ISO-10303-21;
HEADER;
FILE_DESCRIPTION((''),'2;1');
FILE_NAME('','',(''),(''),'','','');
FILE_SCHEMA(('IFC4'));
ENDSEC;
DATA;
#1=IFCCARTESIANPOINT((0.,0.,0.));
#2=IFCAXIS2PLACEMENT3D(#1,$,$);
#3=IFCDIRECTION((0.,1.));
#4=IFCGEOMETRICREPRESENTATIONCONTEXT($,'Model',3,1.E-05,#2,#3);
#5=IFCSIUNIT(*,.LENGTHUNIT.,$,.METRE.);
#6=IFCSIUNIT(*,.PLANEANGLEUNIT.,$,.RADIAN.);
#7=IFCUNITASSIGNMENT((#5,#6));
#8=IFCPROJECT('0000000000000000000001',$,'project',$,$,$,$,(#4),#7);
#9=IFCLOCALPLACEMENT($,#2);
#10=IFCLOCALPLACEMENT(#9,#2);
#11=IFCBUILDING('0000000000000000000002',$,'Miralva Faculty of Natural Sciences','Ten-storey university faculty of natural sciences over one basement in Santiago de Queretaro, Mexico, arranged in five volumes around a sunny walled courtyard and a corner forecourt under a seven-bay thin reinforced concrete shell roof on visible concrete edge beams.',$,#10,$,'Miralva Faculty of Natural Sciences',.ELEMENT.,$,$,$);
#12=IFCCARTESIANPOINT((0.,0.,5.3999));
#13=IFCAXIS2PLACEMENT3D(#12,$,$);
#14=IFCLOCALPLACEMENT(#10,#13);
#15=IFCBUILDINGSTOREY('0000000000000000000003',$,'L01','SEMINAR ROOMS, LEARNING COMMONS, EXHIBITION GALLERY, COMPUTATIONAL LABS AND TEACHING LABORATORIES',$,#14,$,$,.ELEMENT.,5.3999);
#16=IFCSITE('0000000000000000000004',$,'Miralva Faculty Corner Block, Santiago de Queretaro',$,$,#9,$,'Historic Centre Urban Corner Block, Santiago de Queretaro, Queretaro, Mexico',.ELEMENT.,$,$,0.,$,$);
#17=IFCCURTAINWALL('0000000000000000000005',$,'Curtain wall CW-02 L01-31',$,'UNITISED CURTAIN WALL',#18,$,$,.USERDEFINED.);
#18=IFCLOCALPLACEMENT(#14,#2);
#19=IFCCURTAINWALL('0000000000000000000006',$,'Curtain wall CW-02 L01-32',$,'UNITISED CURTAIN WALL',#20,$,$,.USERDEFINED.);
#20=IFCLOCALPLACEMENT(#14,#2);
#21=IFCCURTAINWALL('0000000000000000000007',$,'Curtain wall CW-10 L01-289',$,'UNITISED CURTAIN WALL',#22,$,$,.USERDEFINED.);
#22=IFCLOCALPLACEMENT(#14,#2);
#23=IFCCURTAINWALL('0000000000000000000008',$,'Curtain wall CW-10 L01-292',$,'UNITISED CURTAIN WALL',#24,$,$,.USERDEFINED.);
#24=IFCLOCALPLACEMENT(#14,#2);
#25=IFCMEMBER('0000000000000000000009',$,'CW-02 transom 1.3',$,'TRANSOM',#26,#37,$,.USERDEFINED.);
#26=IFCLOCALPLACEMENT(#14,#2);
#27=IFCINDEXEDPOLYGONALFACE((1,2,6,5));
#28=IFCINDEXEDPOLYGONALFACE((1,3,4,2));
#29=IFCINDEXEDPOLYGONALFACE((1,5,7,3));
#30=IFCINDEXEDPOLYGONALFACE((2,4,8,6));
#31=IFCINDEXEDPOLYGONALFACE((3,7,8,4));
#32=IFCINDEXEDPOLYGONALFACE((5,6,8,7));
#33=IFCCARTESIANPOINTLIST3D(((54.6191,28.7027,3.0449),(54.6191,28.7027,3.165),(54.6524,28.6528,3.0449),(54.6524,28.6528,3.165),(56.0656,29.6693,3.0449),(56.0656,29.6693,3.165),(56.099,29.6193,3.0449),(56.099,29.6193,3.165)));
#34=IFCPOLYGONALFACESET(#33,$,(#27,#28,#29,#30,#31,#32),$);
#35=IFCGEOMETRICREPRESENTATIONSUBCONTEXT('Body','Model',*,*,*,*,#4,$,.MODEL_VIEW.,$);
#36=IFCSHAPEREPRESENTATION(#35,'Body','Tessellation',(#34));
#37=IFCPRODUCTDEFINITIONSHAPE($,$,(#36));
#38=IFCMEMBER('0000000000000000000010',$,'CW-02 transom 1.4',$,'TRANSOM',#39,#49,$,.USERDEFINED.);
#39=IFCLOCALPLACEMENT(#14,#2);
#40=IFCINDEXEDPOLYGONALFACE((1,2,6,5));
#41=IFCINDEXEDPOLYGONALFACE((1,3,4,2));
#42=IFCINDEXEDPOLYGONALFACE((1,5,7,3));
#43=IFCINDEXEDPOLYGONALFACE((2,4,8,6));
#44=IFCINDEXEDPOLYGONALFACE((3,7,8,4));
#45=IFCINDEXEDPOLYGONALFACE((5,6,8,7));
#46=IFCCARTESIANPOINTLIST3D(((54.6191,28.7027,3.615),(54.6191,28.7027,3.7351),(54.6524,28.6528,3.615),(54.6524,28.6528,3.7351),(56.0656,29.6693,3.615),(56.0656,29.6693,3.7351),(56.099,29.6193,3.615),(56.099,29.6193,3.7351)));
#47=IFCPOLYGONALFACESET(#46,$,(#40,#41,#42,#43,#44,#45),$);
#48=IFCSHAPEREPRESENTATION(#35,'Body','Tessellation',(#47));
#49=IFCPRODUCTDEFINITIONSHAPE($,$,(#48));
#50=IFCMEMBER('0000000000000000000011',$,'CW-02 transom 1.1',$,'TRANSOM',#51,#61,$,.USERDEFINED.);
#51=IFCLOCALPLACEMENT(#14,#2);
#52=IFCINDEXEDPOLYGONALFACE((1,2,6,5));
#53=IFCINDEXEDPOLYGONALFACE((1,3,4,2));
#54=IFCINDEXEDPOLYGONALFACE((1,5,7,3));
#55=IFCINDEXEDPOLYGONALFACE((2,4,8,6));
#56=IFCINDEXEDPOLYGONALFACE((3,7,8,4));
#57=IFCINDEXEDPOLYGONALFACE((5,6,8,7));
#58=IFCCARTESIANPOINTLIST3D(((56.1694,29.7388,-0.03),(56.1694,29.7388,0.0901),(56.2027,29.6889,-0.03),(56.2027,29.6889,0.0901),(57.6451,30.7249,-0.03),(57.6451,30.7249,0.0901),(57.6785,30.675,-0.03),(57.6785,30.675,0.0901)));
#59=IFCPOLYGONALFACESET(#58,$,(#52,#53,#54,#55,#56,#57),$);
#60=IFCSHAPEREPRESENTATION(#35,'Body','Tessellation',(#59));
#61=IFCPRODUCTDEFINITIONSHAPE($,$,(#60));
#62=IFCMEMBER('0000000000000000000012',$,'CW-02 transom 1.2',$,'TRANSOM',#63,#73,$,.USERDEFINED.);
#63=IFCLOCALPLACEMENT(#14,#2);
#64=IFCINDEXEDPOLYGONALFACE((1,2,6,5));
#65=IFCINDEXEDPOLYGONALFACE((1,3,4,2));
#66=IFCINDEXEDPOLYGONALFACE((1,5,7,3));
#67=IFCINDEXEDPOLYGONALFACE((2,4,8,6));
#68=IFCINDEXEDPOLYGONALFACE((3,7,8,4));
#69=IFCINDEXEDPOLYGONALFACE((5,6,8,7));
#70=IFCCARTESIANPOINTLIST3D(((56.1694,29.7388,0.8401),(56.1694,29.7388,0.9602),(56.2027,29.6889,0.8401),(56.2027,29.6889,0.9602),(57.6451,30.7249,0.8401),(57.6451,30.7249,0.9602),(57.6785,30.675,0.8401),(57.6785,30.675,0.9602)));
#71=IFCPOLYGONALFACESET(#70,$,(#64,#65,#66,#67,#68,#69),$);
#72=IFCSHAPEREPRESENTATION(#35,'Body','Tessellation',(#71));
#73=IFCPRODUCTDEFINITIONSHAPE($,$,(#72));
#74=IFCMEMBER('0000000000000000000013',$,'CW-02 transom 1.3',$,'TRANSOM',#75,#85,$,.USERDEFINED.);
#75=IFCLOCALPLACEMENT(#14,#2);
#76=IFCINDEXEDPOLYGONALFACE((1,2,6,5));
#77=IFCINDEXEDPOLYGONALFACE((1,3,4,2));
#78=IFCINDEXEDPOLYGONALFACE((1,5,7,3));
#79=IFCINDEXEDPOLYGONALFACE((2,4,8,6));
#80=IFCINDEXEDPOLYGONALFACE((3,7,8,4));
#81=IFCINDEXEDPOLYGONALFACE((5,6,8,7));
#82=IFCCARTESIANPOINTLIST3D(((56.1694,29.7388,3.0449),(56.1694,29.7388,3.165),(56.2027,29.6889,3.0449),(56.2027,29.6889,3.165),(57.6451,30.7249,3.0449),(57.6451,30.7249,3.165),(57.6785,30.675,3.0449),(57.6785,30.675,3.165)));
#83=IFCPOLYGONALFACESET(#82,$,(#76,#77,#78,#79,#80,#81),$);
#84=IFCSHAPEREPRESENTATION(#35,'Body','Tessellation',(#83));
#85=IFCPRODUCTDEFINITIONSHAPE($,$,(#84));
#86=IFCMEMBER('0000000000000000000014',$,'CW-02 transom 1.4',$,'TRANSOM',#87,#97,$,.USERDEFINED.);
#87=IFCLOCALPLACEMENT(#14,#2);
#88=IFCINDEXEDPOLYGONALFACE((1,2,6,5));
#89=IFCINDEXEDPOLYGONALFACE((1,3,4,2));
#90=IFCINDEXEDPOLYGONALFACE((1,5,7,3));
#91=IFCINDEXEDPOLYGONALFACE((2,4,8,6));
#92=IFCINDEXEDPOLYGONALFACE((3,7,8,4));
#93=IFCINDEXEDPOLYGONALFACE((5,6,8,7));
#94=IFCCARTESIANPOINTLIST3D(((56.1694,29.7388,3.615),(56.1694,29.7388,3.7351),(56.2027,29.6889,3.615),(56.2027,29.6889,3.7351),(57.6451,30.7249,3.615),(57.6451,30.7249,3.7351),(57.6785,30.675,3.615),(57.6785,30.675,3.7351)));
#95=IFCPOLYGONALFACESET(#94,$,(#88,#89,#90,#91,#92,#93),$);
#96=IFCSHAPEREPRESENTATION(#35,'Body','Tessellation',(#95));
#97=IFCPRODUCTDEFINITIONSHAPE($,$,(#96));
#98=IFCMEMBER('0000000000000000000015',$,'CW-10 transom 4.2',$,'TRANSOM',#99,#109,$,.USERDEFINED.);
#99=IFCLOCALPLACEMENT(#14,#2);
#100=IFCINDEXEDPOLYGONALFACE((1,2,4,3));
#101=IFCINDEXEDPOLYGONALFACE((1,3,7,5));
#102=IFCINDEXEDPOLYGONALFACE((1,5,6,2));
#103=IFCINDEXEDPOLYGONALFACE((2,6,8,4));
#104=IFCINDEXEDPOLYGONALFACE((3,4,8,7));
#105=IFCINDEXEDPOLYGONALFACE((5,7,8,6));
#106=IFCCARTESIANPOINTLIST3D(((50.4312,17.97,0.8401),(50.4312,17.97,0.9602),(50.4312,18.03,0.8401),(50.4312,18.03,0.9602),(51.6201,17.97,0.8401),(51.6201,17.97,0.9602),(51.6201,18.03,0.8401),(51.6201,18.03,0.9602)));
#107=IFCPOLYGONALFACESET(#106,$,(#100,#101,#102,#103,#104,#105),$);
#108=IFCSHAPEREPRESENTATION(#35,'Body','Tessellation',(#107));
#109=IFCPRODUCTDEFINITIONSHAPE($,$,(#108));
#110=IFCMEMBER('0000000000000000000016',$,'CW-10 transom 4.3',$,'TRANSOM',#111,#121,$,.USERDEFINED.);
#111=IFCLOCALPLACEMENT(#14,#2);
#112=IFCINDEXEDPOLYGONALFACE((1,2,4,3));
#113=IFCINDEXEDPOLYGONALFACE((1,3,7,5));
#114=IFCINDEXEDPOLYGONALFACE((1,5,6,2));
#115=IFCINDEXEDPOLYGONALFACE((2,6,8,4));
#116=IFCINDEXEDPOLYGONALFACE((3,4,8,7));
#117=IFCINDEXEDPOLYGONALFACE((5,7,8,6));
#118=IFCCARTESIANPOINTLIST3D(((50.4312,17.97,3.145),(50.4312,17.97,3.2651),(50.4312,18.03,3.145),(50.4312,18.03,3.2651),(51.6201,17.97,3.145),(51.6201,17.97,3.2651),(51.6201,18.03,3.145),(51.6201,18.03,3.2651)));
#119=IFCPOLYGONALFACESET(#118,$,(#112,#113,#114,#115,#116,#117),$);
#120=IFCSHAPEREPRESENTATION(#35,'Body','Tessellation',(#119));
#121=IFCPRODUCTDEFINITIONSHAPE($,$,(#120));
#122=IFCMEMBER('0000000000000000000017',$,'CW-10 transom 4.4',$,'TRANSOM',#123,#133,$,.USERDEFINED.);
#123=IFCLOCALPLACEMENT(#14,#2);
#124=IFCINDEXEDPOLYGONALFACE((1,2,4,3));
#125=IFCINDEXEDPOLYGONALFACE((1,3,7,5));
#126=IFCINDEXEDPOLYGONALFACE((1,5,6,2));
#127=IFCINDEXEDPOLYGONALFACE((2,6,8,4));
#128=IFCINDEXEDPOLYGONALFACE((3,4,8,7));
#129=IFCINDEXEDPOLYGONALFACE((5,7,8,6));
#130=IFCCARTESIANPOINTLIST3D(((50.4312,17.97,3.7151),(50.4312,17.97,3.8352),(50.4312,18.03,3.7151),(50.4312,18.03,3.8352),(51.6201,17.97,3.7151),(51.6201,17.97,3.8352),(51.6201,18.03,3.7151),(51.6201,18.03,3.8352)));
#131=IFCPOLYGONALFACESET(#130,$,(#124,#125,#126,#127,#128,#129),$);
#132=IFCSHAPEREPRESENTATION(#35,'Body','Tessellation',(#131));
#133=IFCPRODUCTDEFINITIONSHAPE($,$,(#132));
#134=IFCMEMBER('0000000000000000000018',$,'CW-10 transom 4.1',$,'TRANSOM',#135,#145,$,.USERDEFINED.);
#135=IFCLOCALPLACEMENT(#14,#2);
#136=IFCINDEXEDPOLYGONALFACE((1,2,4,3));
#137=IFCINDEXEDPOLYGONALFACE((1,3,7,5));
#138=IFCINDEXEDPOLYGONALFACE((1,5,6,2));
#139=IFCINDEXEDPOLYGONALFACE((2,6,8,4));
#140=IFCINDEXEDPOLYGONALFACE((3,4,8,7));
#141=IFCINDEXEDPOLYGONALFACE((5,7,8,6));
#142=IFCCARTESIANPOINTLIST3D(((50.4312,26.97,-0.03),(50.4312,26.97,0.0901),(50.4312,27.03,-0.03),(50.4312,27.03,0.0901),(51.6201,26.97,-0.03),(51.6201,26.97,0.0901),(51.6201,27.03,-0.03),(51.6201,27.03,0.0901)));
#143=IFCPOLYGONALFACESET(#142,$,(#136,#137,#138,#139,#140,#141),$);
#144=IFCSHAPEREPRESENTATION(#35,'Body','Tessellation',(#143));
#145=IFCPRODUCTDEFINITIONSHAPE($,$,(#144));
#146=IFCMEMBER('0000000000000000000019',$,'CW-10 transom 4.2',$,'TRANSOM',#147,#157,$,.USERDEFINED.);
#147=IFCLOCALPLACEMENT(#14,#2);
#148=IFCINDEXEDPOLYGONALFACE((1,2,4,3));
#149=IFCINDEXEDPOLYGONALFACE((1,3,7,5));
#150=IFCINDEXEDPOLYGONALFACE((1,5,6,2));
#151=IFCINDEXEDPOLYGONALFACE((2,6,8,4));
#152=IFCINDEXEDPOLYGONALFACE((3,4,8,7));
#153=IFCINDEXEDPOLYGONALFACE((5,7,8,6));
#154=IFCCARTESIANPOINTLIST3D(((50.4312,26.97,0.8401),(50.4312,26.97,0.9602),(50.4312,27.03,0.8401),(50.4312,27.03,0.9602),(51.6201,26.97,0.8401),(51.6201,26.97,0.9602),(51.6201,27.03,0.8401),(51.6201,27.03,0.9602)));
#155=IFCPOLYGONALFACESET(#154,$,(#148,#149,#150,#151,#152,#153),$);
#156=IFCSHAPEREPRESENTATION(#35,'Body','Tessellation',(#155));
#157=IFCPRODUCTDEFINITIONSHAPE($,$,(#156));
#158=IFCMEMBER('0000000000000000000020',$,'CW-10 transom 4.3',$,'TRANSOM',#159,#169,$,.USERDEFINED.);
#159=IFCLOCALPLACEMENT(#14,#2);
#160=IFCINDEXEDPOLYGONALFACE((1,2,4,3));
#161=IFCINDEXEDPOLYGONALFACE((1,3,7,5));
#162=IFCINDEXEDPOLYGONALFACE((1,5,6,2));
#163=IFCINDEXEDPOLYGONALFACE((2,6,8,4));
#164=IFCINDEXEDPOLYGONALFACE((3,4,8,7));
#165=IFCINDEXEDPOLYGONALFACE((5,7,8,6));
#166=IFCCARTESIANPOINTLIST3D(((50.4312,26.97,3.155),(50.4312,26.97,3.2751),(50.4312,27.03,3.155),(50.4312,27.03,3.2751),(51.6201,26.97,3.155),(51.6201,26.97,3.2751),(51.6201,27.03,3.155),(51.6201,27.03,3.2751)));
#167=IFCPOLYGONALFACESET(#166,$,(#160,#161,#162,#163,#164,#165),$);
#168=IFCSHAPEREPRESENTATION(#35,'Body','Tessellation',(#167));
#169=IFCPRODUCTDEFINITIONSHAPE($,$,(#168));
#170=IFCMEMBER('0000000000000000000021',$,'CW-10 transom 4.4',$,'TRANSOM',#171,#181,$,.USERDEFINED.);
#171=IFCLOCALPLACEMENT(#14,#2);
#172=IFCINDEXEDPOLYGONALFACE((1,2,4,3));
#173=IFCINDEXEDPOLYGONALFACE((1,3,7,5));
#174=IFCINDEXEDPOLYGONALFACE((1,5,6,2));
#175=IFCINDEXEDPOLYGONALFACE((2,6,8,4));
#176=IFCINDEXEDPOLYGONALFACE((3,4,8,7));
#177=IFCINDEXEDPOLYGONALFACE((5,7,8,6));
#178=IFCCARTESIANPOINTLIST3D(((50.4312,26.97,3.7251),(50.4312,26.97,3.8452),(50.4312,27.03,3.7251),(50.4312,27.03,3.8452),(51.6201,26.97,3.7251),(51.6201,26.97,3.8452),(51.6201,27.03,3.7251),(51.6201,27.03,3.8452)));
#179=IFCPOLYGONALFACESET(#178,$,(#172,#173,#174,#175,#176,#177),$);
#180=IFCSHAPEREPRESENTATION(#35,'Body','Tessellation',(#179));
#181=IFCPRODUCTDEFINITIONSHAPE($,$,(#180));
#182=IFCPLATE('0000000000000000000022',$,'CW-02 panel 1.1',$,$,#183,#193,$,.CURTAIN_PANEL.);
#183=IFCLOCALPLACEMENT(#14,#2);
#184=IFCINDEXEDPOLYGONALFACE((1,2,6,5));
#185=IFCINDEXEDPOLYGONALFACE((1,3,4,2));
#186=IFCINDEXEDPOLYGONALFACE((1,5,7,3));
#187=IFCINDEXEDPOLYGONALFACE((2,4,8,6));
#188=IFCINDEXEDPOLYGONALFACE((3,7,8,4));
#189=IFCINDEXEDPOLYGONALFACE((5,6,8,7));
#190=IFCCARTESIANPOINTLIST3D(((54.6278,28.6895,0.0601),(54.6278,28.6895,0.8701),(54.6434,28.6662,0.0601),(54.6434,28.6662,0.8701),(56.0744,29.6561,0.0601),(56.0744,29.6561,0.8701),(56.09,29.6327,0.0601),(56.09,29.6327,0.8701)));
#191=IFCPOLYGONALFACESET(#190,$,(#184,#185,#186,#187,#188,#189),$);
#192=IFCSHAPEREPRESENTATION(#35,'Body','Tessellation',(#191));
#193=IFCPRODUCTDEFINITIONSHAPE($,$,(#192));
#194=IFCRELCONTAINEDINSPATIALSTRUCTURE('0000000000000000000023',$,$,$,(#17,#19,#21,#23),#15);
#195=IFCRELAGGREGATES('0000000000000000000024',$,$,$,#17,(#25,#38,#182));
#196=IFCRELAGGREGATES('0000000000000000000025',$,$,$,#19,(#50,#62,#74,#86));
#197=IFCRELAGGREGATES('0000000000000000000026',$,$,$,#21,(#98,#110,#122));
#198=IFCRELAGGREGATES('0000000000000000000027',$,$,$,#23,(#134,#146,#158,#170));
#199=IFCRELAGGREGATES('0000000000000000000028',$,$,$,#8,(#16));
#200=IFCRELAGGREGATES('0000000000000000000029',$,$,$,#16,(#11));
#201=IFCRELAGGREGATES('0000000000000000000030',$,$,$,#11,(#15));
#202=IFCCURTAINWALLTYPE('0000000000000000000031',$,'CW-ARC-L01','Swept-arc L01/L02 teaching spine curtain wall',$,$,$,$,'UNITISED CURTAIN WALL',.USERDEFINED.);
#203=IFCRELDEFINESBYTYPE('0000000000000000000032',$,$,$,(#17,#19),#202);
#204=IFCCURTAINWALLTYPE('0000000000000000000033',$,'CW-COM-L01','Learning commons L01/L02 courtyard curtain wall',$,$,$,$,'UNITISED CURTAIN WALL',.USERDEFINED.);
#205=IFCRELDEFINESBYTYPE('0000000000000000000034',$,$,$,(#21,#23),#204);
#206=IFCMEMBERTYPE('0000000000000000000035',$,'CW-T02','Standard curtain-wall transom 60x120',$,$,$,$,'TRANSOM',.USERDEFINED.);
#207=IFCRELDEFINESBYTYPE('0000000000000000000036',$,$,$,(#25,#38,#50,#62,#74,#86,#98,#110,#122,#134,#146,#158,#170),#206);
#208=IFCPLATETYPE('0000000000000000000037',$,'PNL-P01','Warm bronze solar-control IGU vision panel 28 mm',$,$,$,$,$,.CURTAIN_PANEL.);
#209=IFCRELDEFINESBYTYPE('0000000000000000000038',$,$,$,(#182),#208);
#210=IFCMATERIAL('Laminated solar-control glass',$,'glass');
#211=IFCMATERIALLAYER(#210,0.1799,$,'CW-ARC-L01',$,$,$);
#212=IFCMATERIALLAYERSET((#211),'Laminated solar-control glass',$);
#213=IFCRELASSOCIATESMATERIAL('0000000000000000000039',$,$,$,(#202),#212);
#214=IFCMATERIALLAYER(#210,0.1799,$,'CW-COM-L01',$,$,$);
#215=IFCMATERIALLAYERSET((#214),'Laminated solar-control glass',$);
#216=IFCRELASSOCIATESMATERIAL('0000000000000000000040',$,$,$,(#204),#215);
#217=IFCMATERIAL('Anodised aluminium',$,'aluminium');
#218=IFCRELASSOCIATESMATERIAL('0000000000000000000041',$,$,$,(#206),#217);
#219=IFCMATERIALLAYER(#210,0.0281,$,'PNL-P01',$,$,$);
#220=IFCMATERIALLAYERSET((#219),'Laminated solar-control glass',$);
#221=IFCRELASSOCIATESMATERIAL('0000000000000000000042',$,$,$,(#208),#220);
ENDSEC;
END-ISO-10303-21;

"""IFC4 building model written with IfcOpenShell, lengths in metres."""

from ifc_helpers import new_model, si_unit, direction, frame, origin, origin_2d, place, context, subcontext, project, spatial, rectangle, extrude, material, layer, layer_set, material_profile, profile_set, type_object, element, aggregate, save


model = new_model("IFC4")

# Units and contexts
model_context = context("Model", 3, precision=1e-05, world=origin(), true_north=direction((0.0, 1.0)))
body_context = subcontext(model_context, "Body", "Model", "MODEL_VIEW")
ifc_project = project(units=[si_unit("LENGTHUNIT", "METRE"), si_unit("PLANEANGLEUNIT", "RADIAN")], contexts=[model_context])

# Site, building, storey
site_placement = place(None, origin())
site = spatial("IfcSite", under=ifc_project, at=site_placement, Name="Miralva Faculty Corner Block, Santiago de Queretaro", LongName="Historic Centre Urban Corner Block, Santiago de Queretaro, Queretaro, Mexico", CompositionType="ELEMENT", RefElevation=0.0)
building_placement = place(site_placement, origin())
building = spatial("IfcBuilding", under=site, at=building_placement, Name="Miralva Faculty of Natural Sciences", Description="Ten-storey university faculty of natural sciences over one basement in Santiago de Queretaro, Mexico, arranged in five volumes around a sunny walled courtyard and a corner forecourt under a seven-bay thin reinforced concrete shell roof on visible concrete edge beams.", LongName="Miralva Faculty of Natural Sciences", CompositionType="ELEMENT")
storey_placement = place(building_placement, frame((0.0, 0.0, 5.3999)))
storey = spatial("IfcBuildingStorey", under=building, at=storey_placement, Name="L01", Description="SEMINAR ROOMS, LEARNING COMMONS, EXHIBITION GALLERY, COMPUTATIONAL LABS AND TEACHING LABORATORIES", CompositionType="ELEMENT", Elevation=5.3999)

# Curtain wall
ifc_material_1 = material(Name="Laminated solar-control glass", Category="glass")
ifc_layer_1 = layer(ifc_material_1, 0.1799, Name="CW-ARC-L01")
ifc_layer_set_1 = layer_set([ifc_layer_1], Name="Laminated solar-control glass")
curtain_wall_type_1 = type_object("IfcCurtainWallType", Name="CW-ARC-L01", Description="Swept-arc L01/L02 teaching spine curtain wall", ElementType="UNITISED CURTAIN WALL", PredefinedType="USERDEFINED", material=ifc_layer_set_1)
curtain_wall_1_placement = place(storey_placement, origin())
curtain_wall_1 = element("IfcCurtainWall", 1, at=curtain_wall_1_placement, inside=storey, type_object=curtain_wall_type_1, Name="Curtain wall CW-02 L01-31", ObjectType="UNITISED CURTAIN WALL", PredefinedType="USERDEFINED")
ifc_material_2 = material(Name="Anodised aluminium", Category="aluminium")

# Curtain walls
curtain_wall_2_placement = place(storey_placement, origin())
curtain_wall_2 = element("IfcCurtainWall", 2, at=curtain_wall_2_placement, inside=storey, type_object=curtain_wall_type_1, Name="Curtain wall CW-02 L01-32", ObjectType="UNITISED CURTAIN WALL", PredefinedType="USERDEFINED")
ifc_layer_2 = layer(ifc_material_1, 0.1799, Name="CW-COM-L01")
ifc_layer_set_2 = layer_set([ifc_layer_2], Name="Laminated solar-control glass")
curtain_wall_type_2 = type_object("IfcCurtainWallType", Name="CW-COM-L01", Description="Learning commons L01/L02 courtyard curtain wall", ElementType="UNITISED CURTAIN WALL", PredefinedType="USERDEFINED", material=ifc_layer_set_2)
curtain_wall_3_placement = place(storey_placement, origin())
curtain_wall_3 = element("IfcCurtainWall", 3, at=curtain_wall_3_placement, inside=storey, type_object=curtain_wall_type_2, Name="Curtain wall CW-10 L01-289", ObjectType="UNITISED CURTAIN WALL", PredefinedType="USERDEFINED")
curtain_wall_4_placement = place(storey_placement, origin())
curtain_wall_4 = element("IfcCurtainWall", 4, at=curtain_wall_4_placement, inside=storey, type_object=curtain_wall_type_2, Name="Curtain wall CW-10 L01-292", ObjectType="UNITISED CURTAIN WALL", PredefinedType="USERDEFINED")

# Members
ifc_material_profile_1 = material_profile(ifc_material_2, rectangle(XDim=0.0601, YDim=0.1201, at=origin_2d()), Name="TRANSOM 60x120")
ifc_profile_set_1 = profile_set([ifc_material_profile_1], Name="Anodised aluminium")
member_type_1 = type_object("IfcMemberType", Name="CW-T02", Description="Standard curtain-wall transom 60x120", ElementType="TRANSOM", PredefinedType="USERDEFINED", material=ifc_profile_set_1)
member_1_placement = place(storey_placement, frame((54.6357, 28.6777, 3.105), z_axis=(0.831467, 0.555574, 0.0), x_axis=(-0.555574, 0.831467, 0.0)))
member_1 = element("IfcMember", 5, at=member_1_placement, type_object=member_type_1, Name="CW-02 transom 1.3", ObjectType="TRANSOM", PredefinedType="USERDEFINED", context=body_context, shape_type="SweptSolid", body=[
    extrude(rectangle(XDim=0.0601, YDim=0.1201, at=origin_2d()), origin(), (0.0, 0.0, 1.0), 1.7397),
])
member_2_placement = place(storey_placement, frame((54.6357, 28.6777, 3.675), z_axis=(0.831467, 0.555574, 0.0), x_axis=(-0.555574, 0.831467, 0.0)))
member_2 = element("IfcMember", 6, at=member_2_placement, type_object=member_type_1, Name="CW-02 transom 1.4", ObjectType="TRANSOM", PredefinedType="USERDEFINED", context=body_context, shape_type="SweptSolid", body=[
    extrude(rectangle(XDim=0.0601, YDim=0.1201, at=origin_2d()), origin(), (0.0, 0.0, 1.0), 1.7397),
])
member_3_placement = place(storey_placement, frame((56.186, 29.7139, 0.03), z_axis=(0.831478, 0.555557, 0.0), x_axis=(-0.555557, 0.831478, 0.0)))
member_3 = element("IfcMember", 7, at=member_3_placement, type_object=member_type_1, Name="CW-02 transom 1.1", ObjectType="TRANSOM", PredefinedType="USERDEFINED", context=body_context, shape_type="SweptSolid", body=[
    extrude(rectangle(XDim=0.0601, YDim=0.1201, at=origin_2d()), origin(), (0.0, 0.0, 1.0), 1.7749),
])
member_4_placement = place(storey_placement, frame((56.186, 29.7139, 0.9001), z_axis=(0.831478, 0.555557, 0.0), x_axis=(-0.555557, 0.831478, 0.0)))
member_4 = element("IfcMember", 8, at=member_4_placement, type_object=member_type_1, Name="CW-02 transom 1.2", ObjectType="TRANSOM", PredefinedType="USERDEFINED", context=body_context, shape_type="SweptSolid", body=[
    extrude(rectangle(XDim=0.0601, YDim=0.1201, at=origin_2d()), origin(), (0.0, 0.0, 1.0), 1.7749),
])
member_5_placement = place(storey_placement, frame((56.186, 29.7139, 3.105), z_axis=(0.831478, 0.555557, 0.0), x_axis=(-0.555557, 0.831478, 0.0)))
member_5 = element("IfcMember", 9, at=member_5_placement, type_object=member_type_1, Name="CW-02 transom 1.3", ObjectType="TRANSOM", PredefinedType="USERDEFINED", context=body_context, shape_type="SweptSolid", body=[
    extrude(rectangle(XDim=0.0601, YDim=0.1201, at=origin_2d()), origin(), (0.0, 0.0, 1.0), 1.7749),
])
member_6_placement = place(storey_placement, frame((56.186, 29.7139, 3.675), z_axis=(0.831478, 0.555557, 0.0), x_axis=(-0.555557, 0.831478, 0.0)))
member_6 = element("IfcMember", 10, at=member_6_placement, type_object=member_type_1, Name="CW-02 transom 1.4", ObjectType="TRANSOM", PredefinedType="USERDEFINED", context=body_context, shape_type="SweptSolid", body=[
    extrude(rectangle(XDim=0.0601, YDim=0.1201, at=origin_2d()), origin(), (0.0, 0.0, 1.0), 1.7749),
])
member_7_placement = place(storey_placement, frame((50.4312, 18.0, 0.9001), z_axis=(1.0, 0.0, 0.0), x_axis=(0.0, 1.0, 0.0)))
member_7 = element("IfcMember", 11, at=member_7_placement, type_object=member_type_1, Name="CW-10 transom 4.2", ObjectType="TRANSOM", PredefinedType="USERDEFINED", context=body_context, shape_type="SweptSolid", body=[
    extrude(rectangle(XDim=0.0601, YDim=0.1201, at=origin_2d()), origin(), (0.0, 0.0, 1.0), 1.189),
])
member_8_placement = place(storey_placement, frame((50.4312, 18.0, 3.2051), z_axis=(1.0, 0.0, 0.0), x_axis=(0.0, 1.0, 0.0)))
member_8 = element("IfcMember", 12, at=member_8_placement, type_object=member_type_1, Name="CW-10 transom 4.3", ObjectType="TRANSOM", PredefinedType="USERDEFINED", context=body_context, shape_type="SweptSolid", body=[
    extrude(rectangle(XDim=0.0601, YDim=0.1201, at=origin_2d()), origin(), (0.0, 0.0, 1.0), 1.189),
])
member_9_placement = place(storey_placement, frame((50.4312, 18.0, 3.7751), z_axis=(1.0, 0.0, 0.0), x_axis=(0.0, 1.0, 0.0)))
member_9 = element("IfcMember", 13, at=member_9_placement, type_object=member_type_1, Name="CW-10 transom 4.4", ObjectType="TRANSOM", PredefinedType="USERDEFINED", context=body_context, shape_type="SweptSolid", body=[
    extrude(rectangle(XDim=0.0601, YDim=0.1201, at=origin_2d()), origin(), (0.0, 0.0, 1.0), 1.189),
])
member_10_placement = place(storey_placement, frame((50.4312, 27.0, 0.03), z_axis=(1.0, 0.0, 0.0), x_axis=(0.0, 1.0, 0.0)))
member_10 = element("IfcMember", 14, at=member_10_placement, type_object=member_type_1, Name="CW-10 transom 4.1", ObjectType="TRANSOM", PredefinedType="USERDEFINED", context=body_context, shape_type="SweptSolid", body=[
    extrude(rectangle(XDim=0.0601, YDim=0.1201, at=origin_2d()), origin(), (0.0, 0.0, 1.0), 1.189),
])
member_11_placement = place(storey_placement, frame((50.4312, 27.0, 0.9001), z_axis=(1.0, 0.0, 0.0), x_axis=(0.0, 1.0, 0.0)))
member_11 = element("IfcMember", 15, at=member_11_placement, type_object=member_type_1, Name="CW-10 transom 4.2", ObjectType="TRANSOM", PredefinedType="USERDEFINED", context=body_context, shape_type="SweptSolid", body=[
    extrude(rectangle(XDim=0.0601, YDim=0.1201, at=origin_2d()), origin(), (0.0, 0.0, 1.0), 1.189),
])
member_12_placement = place(storey_placement, frame((50.4312, 27.0, 3.2151), z_axis=(1.0, 0.0, 0.0), x_axis=(0.0, 1.0, 0.0)))
member_12 = element("IfcMember", 16, at=member_12_placement, type_object=member_type_1, Name="CW-10 transom 4.3", ObjectType="TRANSOM", PredefinedType="USERDEFINED", context=body_context, shape_type="SweptSolid", body=[
    extrude(rectangle(XDim=0.0601, YDim=0.1201, at=origin_2d()), origin(), (0.0, 0.0, 1.0), 1.189),
])
member_13_placement = place(storey_placement, frame((50.4312, 27.0, 3.7852), z_axis=(1.0, 0.0, 0.0), x_axis=(0.0, 1.0, 0.0)))
member_13 = element("IfcMember", 17, at=member_13_placement, type_object=member_type_1, Name="CW-10 transom 4.4", ObjectType="TRANSOM", PredefinedType="USERDEFINED", context=body_context, shape_type="SweptSolid", body=[
    extrude(rectangle(XDim=0.0601, YDim=0.1201, at=origin_2d()), origin(), (0.0, 0.0, 1.0), 1.189),
])

# Plate
ifc_layer_3 = layer(ifc_material_1, 0.0281, Name="PNL-P01")
ifc_layer_set_3 = layer_set([ifc_layer_3], Name="Laminated solar-control glass")
plate_type = type_object("IfcPlateType", Name="PNL-P01", Description="Warm bronze solar-control IGU vision panel 28 mm", PredefinedType="CURTAIN_PANEL", material=ifc_layer_set_3)
plate_1_placement = place(storey_placement, frame((55.3589, 29.1611, 0.0601), z_axis=(0.0, 0.0, 1.0), x_axis=(0.831474, 0.555564, 0.0)))
plate_1 = element("IfcPlate", 18, at=plate_1_placement, type_object=plate_type, Name="CW-02 panel 1.1", PredefinedType="CURTAIN_PANEL", context=body_context, shape_type="SweptSolid", body=[
    extrude(rectangle(XDim=1.7397, YDim=0.0281, at=origin_2d()), origin(), (0.0, 0.0, 1.0), 0.8101),
])
aggregate(curtain_wall_1, [member_1, member_2, plate_1])
aggregate(curtain_wall_2, [member_3, member_4, member_5, member_6])
aggregate(curtain_wall_3, [member_7, member_8, member_9])
aggregate(curtain_wall_4, [member_10, member_11, member_12, member_13])

save(model, "model.ifc")
